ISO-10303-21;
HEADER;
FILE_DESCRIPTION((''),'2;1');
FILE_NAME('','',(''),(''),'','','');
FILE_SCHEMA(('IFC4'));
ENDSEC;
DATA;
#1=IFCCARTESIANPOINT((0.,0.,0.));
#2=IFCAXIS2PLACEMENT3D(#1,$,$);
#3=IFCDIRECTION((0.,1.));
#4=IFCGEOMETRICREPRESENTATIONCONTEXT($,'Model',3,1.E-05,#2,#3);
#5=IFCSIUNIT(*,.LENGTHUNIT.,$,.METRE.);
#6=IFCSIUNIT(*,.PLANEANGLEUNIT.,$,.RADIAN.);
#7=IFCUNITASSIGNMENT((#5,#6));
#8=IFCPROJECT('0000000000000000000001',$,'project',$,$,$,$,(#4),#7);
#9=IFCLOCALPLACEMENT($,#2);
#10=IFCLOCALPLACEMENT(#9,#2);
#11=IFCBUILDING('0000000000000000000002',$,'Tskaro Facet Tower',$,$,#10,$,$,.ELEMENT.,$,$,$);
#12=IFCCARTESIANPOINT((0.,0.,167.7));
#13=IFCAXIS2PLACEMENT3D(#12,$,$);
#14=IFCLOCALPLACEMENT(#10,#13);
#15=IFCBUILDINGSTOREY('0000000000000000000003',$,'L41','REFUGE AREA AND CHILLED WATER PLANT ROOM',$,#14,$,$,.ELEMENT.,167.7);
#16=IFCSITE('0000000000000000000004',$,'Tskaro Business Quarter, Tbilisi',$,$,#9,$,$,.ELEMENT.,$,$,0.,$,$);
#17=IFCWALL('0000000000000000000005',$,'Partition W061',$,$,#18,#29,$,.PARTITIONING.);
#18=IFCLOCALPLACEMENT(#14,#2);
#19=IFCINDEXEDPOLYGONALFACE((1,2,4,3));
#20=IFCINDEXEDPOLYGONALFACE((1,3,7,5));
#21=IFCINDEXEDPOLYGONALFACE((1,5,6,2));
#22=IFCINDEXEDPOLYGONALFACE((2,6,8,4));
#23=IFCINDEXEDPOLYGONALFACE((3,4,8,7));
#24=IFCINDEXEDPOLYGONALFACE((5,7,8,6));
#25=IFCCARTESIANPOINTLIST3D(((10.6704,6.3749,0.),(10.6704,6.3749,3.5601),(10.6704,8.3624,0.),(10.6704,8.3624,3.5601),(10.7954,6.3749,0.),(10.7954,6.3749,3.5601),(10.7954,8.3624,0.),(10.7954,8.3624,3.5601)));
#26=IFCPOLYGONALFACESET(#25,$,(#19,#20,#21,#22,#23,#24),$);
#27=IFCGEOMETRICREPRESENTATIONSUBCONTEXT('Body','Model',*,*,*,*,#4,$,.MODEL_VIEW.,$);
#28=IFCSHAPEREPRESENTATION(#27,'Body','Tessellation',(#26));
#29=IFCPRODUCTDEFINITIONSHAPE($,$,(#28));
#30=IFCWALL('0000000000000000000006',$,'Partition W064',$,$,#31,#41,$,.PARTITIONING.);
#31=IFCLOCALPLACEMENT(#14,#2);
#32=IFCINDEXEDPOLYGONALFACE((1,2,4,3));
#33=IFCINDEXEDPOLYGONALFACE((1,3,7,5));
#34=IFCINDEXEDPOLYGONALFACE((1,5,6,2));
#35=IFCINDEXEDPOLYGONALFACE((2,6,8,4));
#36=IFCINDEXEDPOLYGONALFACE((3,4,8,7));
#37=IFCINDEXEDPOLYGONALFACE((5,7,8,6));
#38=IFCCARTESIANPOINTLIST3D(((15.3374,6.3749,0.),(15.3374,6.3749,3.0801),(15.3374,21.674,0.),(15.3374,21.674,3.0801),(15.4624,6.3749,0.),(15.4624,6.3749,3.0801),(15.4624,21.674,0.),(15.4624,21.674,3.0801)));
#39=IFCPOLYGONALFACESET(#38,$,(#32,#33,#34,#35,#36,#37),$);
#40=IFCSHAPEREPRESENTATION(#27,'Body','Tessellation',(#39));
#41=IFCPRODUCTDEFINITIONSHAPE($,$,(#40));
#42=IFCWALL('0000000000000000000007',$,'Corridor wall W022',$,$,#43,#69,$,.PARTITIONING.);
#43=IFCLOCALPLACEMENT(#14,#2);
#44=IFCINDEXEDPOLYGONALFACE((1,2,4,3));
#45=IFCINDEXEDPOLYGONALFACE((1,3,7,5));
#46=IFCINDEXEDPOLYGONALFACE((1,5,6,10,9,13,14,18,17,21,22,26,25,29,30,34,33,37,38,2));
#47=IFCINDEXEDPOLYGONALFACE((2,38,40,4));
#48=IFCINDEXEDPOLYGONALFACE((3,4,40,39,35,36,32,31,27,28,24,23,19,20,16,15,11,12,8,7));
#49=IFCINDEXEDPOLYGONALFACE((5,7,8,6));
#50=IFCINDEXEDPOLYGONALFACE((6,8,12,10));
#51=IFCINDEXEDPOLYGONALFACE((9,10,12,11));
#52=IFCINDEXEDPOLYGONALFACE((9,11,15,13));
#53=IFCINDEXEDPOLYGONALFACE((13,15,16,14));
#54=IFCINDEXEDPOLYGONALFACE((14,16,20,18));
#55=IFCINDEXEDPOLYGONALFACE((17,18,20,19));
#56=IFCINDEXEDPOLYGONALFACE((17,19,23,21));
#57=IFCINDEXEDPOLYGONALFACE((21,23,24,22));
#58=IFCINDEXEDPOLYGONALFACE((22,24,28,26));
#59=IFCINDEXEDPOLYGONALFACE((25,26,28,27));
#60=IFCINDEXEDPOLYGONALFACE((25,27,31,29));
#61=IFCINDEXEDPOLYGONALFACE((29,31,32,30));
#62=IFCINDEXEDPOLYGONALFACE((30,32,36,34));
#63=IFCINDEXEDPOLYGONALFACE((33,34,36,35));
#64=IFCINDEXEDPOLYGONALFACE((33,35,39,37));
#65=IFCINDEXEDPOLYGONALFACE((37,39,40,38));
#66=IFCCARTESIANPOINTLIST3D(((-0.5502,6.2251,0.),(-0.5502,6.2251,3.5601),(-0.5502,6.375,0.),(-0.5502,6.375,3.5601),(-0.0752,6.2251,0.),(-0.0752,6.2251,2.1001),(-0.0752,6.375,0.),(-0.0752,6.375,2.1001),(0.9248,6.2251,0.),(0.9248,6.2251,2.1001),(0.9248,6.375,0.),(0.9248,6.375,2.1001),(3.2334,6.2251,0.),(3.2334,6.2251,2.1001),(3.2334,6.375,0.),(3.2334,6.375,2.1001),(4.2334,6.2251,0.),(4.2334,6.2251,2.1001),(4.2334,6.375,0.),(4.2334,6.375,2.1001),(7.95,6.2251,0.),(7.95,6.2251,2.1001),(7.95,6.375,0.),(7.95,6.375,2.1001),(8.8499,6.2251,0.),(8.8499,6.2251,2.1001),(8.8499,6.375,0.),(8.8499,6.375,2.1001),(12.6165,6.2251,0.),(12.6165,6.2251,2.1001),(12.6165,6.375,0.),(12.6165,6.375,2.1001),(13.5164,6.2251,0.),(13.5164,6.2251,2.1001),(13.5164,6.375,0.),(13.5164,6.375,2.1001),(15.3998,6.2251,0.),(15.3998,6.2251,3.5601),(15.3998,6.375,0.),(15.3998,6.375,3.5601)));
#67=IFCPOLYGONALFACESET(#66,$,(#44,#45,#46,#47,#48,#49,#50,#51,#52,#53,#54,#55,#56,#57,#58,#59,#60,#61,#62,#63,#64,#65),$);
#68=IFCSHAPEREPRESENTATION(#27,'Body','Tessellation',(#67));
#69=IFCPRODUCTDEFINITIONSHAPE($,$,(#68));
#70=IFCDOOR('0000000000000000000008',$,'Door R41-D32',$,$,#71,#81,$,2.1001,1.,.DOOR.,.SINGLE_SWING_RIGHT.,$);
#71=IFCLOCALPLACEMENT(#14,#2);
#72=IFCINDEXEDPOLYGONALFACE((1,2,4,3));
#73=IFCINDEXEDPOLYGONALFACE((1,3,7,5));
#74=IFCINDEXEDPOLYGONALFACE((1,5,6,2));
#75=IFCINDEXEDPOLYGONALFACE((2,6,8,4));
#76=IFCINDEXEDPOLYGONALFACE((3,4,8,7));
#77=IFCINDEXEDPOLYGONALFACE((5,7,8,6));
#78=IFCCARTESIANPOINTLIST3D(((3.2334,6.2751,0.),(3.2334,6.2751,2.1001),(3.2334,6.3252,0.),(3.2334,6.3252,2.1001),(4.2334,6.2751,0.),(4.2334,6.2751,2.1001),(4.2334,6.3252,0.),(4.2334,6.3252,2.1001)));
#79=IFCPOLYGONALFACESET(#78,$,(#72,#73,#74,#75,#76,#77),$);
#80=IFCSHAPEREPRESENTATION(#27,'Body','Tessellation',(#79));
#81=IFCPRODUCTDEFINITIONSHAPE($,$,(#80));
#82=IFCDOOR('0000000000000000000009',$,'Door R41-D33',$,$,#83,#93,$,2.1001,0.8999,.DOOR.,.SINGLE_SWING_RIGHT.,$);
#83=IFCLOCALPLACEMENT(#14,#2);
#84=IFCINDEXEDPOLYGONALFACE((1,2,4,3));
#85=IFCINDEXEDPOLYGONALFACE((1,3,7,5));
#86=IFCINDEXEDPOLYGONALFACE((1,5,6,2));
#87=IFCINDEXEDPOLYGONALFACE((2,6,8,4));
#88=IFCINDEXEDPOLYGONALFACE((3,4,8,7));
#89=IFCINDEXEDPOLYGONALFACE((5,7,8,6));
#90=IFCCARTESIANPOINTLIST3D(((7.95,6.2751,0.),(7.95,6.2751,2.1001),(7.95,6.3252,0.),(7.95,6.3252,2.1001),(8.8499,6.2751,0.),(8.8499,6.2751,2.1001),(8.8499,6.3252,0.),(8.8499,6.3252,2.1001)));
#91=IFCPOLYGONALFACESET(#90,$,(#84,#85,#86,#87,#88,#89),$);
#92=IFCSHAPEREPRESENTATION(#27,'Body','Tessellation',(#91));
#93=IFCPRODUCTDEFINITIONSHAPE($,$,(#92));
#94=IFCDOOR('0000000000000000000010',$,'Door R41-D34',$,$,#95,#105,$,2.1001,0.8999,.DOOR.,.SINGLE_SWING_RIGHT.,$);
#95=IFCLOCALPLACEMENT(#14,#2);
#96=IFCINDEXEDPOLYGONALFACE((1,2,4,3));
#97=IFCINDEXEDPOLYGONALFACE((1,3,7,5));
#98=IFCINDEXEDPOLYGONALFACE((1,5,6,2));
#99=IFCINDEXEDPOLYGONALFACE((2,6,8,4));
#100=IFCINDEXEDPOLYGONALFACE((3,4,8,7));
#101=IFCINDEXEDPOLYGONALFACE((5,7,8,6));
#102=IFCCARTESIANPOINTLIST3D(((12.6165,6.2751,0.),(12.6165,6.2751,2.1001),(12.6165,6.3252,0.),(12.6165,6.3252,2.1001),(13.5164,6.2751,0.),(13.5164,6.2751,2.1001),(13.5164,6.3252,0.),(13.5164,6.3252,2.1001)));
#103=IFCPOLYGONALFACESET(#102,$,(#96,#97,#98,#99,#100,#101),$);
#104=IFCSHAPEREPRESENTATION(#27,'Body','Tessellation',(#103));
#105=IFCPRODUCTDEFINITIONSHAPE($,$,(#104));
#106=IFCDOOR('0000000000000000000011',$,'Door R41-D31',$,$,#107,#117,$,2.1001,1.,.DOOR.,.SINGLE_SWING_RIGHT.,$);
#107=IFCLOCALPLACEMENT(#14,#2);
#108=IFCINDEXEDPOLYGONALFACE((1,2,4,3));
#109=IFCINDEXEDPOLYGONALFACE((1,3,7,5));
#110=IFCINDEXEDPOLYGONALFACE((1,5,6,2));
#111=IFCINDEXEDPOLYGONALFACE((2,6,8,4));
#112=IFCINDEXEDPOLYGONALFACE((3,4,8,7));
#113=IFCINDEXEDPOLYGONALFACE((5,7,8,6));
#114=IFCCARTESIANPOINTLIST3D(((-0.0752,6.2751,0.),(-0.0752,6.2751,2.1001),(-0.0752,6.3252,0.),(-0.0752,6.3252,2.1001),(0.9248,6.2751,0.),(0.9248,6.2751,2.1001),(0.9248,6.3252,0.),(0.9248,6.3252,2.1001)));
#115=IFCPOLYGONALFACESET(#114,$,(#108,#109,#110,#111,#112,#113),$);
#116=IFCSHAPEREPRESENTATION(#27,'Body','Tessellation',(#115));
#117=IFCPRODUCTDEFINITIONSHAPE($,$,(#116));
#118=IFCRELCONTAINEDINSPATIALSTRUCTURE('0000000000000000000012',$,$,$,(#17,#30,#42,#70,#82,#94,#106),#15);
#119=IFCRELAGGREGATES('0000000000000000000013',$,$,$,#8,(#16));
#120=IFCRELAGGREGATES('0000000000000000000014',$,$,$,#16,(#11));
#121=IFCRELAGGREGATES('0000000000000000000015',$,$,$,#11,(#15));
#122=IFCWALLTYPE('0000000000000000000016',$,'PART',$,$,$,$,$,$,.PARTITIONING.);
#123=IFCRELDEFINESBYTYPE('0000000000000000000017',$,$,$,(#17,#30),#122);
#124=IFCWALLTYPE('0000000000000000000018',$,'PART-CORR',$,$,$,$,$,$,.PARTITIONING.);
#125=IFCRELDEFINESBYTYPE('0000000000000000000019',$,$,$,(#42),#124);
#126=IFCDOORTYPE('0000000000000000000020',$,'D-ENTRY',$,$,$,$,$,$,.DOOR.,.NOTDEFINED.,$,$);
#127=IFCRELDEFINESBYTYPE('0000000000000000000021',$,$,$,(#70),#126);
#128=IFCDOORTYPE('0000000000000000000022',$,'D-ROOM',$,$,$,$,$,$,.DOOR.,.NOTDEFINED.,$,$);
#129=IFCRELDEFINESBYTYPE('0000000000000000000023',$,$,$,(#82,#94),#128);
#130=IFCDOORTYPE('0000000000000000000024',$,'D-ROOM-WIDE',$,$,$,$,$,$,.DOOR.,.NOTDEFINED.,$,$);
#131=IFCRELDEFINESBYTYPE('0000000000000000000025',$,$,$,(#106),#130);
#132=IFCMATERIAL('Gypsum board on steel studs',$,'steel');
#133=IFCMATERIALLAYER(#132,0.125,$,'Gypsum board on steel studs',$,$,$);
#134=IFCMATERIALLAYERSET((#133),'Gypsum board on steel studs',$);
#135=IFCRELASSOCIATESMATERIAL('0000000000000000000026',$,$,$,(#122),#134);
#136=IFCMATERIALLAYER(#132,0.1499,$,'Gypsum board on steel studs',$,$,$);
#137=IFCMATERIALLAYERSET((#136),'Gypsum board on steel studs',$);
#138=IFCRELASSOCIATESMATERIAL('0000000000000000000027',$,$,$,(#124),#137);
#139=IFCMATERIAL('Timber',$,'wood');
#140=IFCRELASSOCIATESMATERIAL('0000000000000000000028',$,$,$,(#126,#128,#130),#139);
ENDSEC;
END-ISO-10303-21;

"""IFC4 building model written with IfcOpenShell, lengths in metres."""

from ifc_helpers import new_model, si_unit, direction, frame, frame_2d, origin, place, context, subcontext, project, spatial, rectangle, extrude, material, layer, layer_set, type_object, element, fill, save


model = new_model("IFC4")

# Units and contexts
model_context = context("Model", 3, precision=1e-05, world=origin(), true_north=direction((0.0, 1.0)))
body_context = subcontext(model_context, "Body", "Model", "MODEL_VIEW")
ifc_project = project(units=[si_unit("LENGTHUNIT", "METRE"), si_unit("PLANEANGLEUNIT", "RADIAN")], contexts=[model_context])

# Site, building, storey
site_placement = place(None, origin())
site = spatial("IfcSite", under=ifc_project, at=site_placement, Name="Tskaro Business Quarter, Tbilisi", CompositionType="ELEMENT", RefElevation=0.0)
building_placement = place(site_placement, origin())
building = spatial("IfcBuilding", under=site, at=building_placement, Name="Tskaro Facet Tower", CompositionType="ELEMENT")
storey_placement = place(building_placement, frame((0.0, 0.0, 167.7)))
storey = spatial("IfcBuildingStorey", under=building, at=storey_placement, Name="L41", Description="REFUGE AREA AND CHILLED WATER PLANT ROOM", CompositionType="ELEMENT", Elevation=167.7)

# Walls
ifc_material_1 = material(Name="Gypsum board on steel studs", Category="steel")
ifc_layer_1 = layer(ifc_material_1, 0.125, Name="Gypsum board on steel studs")
ifc_layer_set_1 = layer_set([ifc_layer_1], Name="Gypsum board on steel studs")
wall_type_1 = type_object("IfcWallType", Name="PART", PredefinedType="PARTITIONING", material=ifc_layer_set_1)
wall_1_placement = place(storey_placement, frame((10.7329, 6.375, 0.0), z_axis=(0.0, 0.0, 1.0), x_axis=(0.0, 1.0, 0.0)))
element("IfcWall", 1, at=wall_1_placement, inside=storey, type_object=wall_type_1, Name="Partition W061", PredefinedType="PARTITIONING", context=body_context, shape_type="SweptSolid", body=[
    extrude(rectangle(XDim=1.9875, YDim=0.125, at=frame_2d((0.9937, 0.0))), origin(), (0.0, 0.0, 1.0), 3.5601),
])
wall_2_placement = place(storey_placement, frame((15.3999, 6.375, 0.0), z_axis=(0.0, 0.0, 1.0), x_axis=(0.0, 1.0, 0.0)))
element("IfcWall", 2, at=wall_2_placement, inside=storey, type_object=wall_type_1, Name="Partition W064", PredefinedType="PARTITIONING", context=body_context, shape_type="SweptSolid", body=[
    extrude(rectangle(XDim=15.2991, YDim=0.125, at=frame_2d((7.6494, 0.0))), origin(), (0.0, 0.0, 1.0), 3.0801),
])

# Wall, openings, doors
ifc_layer_2 = layer(ifc_material_1, 0.1499, Name="Gypsum board on steel studs")
ifc_layer_set_2 = layer_set([ifc_layer_2], Name="Gypsum board on steel studs")
wall_type_2 = type_object("IfcWallType", Name="PART-CORR", PredefinedType="PARTITIONING", material=ifc_layer_set_2)
wall_3_placement = place(storey_placement, frame((15.3999, 6.3, 0.0), z_axis=(0.0, 0.0, 1.0), x_axis=(-1.0, 0.0, 0.0)))
wall_3 = element("IfcWall", 3, at=wall_3_placement, inside=storey, type_object=wall_type_2, Name="Corridor wall W022", PredefinedType="PARTITIONING", context=body_context, shape_type="SweptSolid", body=[
    extrude(rectangle(XDim=15.95, YDim=0.1499, at=frame_2d((7.9751, 0.0))), origin(), (0.0, 0.0, 1.0), 3.5601),
])
opening_1_placement = place(wall_3_placement, frame((11.1665, 0.0, 0.0)))
opening_1 = element("IfcOpeningElement", 4, at=opening_1_placement, cuts=wall_3, PredefinedType="OPENING", context=body_context, shape_type="SweptSolid", body=[
    extrude(rectangle(XDim=1.0, YDim=2.1001, at=frame_2d((0.5, 1.05))), frame((0.0, 0.085, 0.0), z_axis=(0.0, -1.0, 0.0), x_axis=(1.0, 0.0, 0.0)), (0.0, 0.0, 1.0), 0.1699),
])
opening_2_placement = place(wall_3_placement, frame((14.4751, 0.0, 0.0)))
opening_2 = element("IfcOpeningElement", 5, at=opening_2_placement, cuts=wall_3, PredefinedType="OPENING", context=body_context, shape_type="SweptSolid", body=[
    extrude(rectangle(XDim=1.0, YDim=2.1001, at=frame_2d((0.5, 1.05))), frame((0.0, 0.085, 0.0), z_axis=(0.0, -1.0, 0.0), x_axis=(1.0, 0.0, 0.0)), (0.0, 0.0, 1.0), 0.1699),
])
opening_3_placement = place(wall_3_placement, frame((6.55, 0.0, 0.0)))
opening_3 = element("IfcOpeningElement", 6, at=opening_3_placement, cuts=wall_3, PredefinedType="OPENING", context=body_context, shape_type="SweptSolid", body=[
    extrude(rectangle(XDim=0.8999, YDim=2.1001, at=frame_2d((0.45, 1.05))), frame((0.0, 0.085, 0.0), z_axis=(0.0, -1.0, 0.0), x_axis=(1.0, 0.0, 0.0)), (0.0, 0.0, 1.0), 0.1699),
])
opening_4_placement = place(wall_3_placement, frame((1.8835, 0.0, 0.0)))
opening_4 = element("IfcOpeningElement", 7, at=opening_4_placement, cuts=wall_3, PredefinedType="OPENING", context=body_context, shape_type="SweptSolid", body=[
    extrude(rectangle(XDim=0.8999, YDim=2.1001, at=frame_2d((0.45, 1.05))), frame((0.0, 0.085, 0.0), z_axis=(0.0, -1.0, 0.0), x_axis=(1.0, 0.0, 0.0)), (0.0, 0.0, 1.0), 0.1699),
])
ifc_material_2 = material(Name="Timber", Category="wood")
door_type_1 = type_object("IfcDoorType", Name="D-ENTRY", OperationType="NOTDEFINED", PredefinedType="DOOR", material=ifc_material_2)
door_1_placement = place(opening_1_placement, origin())
door_1 = element("IfcDoor", 8, at=door_1_placement, inside=storey, type_object=door_type_1, Name="Door R41-D32", OperationType="SINGLE_SWING_RIGHT", OverallHeight=2.1001, OverallWidth=1.0, PredefinedType="DOOR", context=body_context, shape_type="SweptSolid", body=[
    extrude(rectangle(XDim=1.0, YDim=2.1001, at=frame_2d((0.5, 1.05))), frame((0.0, 0.0249, 0.0), z_axis=(0.0, -1.0, 0.0), x_axis=(1.0, 0.0, 0.0)), (0.0, 0.0, 1.0), 0.05),
])
fill(opening_1, door_1)
door_type_2 = type_object("IfcDoorType", Name="D-ROOM", OperationType="NOTDEFINED", PredefinedType="DOOR", material=ifc_material_2)
door_2_placement = place(opening_3_placement, origin())
door_2 = element("IfcDoor", 9, at=door_2_placement, inside=storey, type_object=door_type_2, Name="Door R41-D33", OperationType="SINGLE_SWING_RIGHT", OverallHeight=2.1001, OverallWidth=0.8999, PredefinedType="DOOR", context=body_context, shape_type="SweptSolid", body=[
    extrude(rectangle(XDim=0.8999, YDim=2.1001, at=frame_2d((0.45, 1.05))), frame((0.0, 0.0249, 0.0), z_axis=(0.0, -1.0, 0.0), x_axis=(1.0, 0.0, 0.0)), (0.0, 0.0, 1.0), 0.05),
])
fill(opening_3, door_2)
door_3_placement = place(opening_4_placement, origin())
door_3 = element("IfcDoor", 10, at=door_3_placement, inside=storey, type_object=door_type_2, Name="Door R41-D34", OperationType="SINGLE_SWING_RIGHT", OverallHeight=2.1001, OverallWidth=0.8999, PredefinedType="DOOR", context=body_context, shape_type="SweptSolid", body=[
    extrude(rectangle(XDim=0.8999, YDim=2.1001, at=frame_2d((0.45, 1.05))), frame((0.0, 0.0249, 0.0), z_axis=(0.0, -1.0, 0.0), x_axis=(1.0, 0.0, 0.0)), (0.0, 0.0, 1.0), 0.05),
])
fill(opening_4, door_3)
door_type_3 = type_object("IfcDoorType", Name="D-ROOM-WIDE", OperationType="NOTDEFINED", PredefinedType="DOOR", material=ifc_material_2)
door_4_placement = place(opening_2_placement, origin())
door_4 = element("IfcDoor", 11, at=door_4_placement, inside=storey, type_object=door_type_3, Name="Door R41-D31", OperationType="SINGLE_SWING_RIGHT", OverallHeight=2.1001, OverallWidth=1.0, PredefinedType="DOOR", context=body_context, shape_type="SweptSolid", body=[
    extrude(rectangle(XDim=1.0, YDim=2.1001, at=frame_2d((0.5, 1.05))), frame((0.0, 0.0249, 0.0), z_axis=(0.0, -1.0, 0.0), x_axis=(1.0, 0.0, 0.0)), (0.0, 0.0, 1.0), 0.05),
])
fill(opening_2, door_4)

save(model, "model.ifc")
